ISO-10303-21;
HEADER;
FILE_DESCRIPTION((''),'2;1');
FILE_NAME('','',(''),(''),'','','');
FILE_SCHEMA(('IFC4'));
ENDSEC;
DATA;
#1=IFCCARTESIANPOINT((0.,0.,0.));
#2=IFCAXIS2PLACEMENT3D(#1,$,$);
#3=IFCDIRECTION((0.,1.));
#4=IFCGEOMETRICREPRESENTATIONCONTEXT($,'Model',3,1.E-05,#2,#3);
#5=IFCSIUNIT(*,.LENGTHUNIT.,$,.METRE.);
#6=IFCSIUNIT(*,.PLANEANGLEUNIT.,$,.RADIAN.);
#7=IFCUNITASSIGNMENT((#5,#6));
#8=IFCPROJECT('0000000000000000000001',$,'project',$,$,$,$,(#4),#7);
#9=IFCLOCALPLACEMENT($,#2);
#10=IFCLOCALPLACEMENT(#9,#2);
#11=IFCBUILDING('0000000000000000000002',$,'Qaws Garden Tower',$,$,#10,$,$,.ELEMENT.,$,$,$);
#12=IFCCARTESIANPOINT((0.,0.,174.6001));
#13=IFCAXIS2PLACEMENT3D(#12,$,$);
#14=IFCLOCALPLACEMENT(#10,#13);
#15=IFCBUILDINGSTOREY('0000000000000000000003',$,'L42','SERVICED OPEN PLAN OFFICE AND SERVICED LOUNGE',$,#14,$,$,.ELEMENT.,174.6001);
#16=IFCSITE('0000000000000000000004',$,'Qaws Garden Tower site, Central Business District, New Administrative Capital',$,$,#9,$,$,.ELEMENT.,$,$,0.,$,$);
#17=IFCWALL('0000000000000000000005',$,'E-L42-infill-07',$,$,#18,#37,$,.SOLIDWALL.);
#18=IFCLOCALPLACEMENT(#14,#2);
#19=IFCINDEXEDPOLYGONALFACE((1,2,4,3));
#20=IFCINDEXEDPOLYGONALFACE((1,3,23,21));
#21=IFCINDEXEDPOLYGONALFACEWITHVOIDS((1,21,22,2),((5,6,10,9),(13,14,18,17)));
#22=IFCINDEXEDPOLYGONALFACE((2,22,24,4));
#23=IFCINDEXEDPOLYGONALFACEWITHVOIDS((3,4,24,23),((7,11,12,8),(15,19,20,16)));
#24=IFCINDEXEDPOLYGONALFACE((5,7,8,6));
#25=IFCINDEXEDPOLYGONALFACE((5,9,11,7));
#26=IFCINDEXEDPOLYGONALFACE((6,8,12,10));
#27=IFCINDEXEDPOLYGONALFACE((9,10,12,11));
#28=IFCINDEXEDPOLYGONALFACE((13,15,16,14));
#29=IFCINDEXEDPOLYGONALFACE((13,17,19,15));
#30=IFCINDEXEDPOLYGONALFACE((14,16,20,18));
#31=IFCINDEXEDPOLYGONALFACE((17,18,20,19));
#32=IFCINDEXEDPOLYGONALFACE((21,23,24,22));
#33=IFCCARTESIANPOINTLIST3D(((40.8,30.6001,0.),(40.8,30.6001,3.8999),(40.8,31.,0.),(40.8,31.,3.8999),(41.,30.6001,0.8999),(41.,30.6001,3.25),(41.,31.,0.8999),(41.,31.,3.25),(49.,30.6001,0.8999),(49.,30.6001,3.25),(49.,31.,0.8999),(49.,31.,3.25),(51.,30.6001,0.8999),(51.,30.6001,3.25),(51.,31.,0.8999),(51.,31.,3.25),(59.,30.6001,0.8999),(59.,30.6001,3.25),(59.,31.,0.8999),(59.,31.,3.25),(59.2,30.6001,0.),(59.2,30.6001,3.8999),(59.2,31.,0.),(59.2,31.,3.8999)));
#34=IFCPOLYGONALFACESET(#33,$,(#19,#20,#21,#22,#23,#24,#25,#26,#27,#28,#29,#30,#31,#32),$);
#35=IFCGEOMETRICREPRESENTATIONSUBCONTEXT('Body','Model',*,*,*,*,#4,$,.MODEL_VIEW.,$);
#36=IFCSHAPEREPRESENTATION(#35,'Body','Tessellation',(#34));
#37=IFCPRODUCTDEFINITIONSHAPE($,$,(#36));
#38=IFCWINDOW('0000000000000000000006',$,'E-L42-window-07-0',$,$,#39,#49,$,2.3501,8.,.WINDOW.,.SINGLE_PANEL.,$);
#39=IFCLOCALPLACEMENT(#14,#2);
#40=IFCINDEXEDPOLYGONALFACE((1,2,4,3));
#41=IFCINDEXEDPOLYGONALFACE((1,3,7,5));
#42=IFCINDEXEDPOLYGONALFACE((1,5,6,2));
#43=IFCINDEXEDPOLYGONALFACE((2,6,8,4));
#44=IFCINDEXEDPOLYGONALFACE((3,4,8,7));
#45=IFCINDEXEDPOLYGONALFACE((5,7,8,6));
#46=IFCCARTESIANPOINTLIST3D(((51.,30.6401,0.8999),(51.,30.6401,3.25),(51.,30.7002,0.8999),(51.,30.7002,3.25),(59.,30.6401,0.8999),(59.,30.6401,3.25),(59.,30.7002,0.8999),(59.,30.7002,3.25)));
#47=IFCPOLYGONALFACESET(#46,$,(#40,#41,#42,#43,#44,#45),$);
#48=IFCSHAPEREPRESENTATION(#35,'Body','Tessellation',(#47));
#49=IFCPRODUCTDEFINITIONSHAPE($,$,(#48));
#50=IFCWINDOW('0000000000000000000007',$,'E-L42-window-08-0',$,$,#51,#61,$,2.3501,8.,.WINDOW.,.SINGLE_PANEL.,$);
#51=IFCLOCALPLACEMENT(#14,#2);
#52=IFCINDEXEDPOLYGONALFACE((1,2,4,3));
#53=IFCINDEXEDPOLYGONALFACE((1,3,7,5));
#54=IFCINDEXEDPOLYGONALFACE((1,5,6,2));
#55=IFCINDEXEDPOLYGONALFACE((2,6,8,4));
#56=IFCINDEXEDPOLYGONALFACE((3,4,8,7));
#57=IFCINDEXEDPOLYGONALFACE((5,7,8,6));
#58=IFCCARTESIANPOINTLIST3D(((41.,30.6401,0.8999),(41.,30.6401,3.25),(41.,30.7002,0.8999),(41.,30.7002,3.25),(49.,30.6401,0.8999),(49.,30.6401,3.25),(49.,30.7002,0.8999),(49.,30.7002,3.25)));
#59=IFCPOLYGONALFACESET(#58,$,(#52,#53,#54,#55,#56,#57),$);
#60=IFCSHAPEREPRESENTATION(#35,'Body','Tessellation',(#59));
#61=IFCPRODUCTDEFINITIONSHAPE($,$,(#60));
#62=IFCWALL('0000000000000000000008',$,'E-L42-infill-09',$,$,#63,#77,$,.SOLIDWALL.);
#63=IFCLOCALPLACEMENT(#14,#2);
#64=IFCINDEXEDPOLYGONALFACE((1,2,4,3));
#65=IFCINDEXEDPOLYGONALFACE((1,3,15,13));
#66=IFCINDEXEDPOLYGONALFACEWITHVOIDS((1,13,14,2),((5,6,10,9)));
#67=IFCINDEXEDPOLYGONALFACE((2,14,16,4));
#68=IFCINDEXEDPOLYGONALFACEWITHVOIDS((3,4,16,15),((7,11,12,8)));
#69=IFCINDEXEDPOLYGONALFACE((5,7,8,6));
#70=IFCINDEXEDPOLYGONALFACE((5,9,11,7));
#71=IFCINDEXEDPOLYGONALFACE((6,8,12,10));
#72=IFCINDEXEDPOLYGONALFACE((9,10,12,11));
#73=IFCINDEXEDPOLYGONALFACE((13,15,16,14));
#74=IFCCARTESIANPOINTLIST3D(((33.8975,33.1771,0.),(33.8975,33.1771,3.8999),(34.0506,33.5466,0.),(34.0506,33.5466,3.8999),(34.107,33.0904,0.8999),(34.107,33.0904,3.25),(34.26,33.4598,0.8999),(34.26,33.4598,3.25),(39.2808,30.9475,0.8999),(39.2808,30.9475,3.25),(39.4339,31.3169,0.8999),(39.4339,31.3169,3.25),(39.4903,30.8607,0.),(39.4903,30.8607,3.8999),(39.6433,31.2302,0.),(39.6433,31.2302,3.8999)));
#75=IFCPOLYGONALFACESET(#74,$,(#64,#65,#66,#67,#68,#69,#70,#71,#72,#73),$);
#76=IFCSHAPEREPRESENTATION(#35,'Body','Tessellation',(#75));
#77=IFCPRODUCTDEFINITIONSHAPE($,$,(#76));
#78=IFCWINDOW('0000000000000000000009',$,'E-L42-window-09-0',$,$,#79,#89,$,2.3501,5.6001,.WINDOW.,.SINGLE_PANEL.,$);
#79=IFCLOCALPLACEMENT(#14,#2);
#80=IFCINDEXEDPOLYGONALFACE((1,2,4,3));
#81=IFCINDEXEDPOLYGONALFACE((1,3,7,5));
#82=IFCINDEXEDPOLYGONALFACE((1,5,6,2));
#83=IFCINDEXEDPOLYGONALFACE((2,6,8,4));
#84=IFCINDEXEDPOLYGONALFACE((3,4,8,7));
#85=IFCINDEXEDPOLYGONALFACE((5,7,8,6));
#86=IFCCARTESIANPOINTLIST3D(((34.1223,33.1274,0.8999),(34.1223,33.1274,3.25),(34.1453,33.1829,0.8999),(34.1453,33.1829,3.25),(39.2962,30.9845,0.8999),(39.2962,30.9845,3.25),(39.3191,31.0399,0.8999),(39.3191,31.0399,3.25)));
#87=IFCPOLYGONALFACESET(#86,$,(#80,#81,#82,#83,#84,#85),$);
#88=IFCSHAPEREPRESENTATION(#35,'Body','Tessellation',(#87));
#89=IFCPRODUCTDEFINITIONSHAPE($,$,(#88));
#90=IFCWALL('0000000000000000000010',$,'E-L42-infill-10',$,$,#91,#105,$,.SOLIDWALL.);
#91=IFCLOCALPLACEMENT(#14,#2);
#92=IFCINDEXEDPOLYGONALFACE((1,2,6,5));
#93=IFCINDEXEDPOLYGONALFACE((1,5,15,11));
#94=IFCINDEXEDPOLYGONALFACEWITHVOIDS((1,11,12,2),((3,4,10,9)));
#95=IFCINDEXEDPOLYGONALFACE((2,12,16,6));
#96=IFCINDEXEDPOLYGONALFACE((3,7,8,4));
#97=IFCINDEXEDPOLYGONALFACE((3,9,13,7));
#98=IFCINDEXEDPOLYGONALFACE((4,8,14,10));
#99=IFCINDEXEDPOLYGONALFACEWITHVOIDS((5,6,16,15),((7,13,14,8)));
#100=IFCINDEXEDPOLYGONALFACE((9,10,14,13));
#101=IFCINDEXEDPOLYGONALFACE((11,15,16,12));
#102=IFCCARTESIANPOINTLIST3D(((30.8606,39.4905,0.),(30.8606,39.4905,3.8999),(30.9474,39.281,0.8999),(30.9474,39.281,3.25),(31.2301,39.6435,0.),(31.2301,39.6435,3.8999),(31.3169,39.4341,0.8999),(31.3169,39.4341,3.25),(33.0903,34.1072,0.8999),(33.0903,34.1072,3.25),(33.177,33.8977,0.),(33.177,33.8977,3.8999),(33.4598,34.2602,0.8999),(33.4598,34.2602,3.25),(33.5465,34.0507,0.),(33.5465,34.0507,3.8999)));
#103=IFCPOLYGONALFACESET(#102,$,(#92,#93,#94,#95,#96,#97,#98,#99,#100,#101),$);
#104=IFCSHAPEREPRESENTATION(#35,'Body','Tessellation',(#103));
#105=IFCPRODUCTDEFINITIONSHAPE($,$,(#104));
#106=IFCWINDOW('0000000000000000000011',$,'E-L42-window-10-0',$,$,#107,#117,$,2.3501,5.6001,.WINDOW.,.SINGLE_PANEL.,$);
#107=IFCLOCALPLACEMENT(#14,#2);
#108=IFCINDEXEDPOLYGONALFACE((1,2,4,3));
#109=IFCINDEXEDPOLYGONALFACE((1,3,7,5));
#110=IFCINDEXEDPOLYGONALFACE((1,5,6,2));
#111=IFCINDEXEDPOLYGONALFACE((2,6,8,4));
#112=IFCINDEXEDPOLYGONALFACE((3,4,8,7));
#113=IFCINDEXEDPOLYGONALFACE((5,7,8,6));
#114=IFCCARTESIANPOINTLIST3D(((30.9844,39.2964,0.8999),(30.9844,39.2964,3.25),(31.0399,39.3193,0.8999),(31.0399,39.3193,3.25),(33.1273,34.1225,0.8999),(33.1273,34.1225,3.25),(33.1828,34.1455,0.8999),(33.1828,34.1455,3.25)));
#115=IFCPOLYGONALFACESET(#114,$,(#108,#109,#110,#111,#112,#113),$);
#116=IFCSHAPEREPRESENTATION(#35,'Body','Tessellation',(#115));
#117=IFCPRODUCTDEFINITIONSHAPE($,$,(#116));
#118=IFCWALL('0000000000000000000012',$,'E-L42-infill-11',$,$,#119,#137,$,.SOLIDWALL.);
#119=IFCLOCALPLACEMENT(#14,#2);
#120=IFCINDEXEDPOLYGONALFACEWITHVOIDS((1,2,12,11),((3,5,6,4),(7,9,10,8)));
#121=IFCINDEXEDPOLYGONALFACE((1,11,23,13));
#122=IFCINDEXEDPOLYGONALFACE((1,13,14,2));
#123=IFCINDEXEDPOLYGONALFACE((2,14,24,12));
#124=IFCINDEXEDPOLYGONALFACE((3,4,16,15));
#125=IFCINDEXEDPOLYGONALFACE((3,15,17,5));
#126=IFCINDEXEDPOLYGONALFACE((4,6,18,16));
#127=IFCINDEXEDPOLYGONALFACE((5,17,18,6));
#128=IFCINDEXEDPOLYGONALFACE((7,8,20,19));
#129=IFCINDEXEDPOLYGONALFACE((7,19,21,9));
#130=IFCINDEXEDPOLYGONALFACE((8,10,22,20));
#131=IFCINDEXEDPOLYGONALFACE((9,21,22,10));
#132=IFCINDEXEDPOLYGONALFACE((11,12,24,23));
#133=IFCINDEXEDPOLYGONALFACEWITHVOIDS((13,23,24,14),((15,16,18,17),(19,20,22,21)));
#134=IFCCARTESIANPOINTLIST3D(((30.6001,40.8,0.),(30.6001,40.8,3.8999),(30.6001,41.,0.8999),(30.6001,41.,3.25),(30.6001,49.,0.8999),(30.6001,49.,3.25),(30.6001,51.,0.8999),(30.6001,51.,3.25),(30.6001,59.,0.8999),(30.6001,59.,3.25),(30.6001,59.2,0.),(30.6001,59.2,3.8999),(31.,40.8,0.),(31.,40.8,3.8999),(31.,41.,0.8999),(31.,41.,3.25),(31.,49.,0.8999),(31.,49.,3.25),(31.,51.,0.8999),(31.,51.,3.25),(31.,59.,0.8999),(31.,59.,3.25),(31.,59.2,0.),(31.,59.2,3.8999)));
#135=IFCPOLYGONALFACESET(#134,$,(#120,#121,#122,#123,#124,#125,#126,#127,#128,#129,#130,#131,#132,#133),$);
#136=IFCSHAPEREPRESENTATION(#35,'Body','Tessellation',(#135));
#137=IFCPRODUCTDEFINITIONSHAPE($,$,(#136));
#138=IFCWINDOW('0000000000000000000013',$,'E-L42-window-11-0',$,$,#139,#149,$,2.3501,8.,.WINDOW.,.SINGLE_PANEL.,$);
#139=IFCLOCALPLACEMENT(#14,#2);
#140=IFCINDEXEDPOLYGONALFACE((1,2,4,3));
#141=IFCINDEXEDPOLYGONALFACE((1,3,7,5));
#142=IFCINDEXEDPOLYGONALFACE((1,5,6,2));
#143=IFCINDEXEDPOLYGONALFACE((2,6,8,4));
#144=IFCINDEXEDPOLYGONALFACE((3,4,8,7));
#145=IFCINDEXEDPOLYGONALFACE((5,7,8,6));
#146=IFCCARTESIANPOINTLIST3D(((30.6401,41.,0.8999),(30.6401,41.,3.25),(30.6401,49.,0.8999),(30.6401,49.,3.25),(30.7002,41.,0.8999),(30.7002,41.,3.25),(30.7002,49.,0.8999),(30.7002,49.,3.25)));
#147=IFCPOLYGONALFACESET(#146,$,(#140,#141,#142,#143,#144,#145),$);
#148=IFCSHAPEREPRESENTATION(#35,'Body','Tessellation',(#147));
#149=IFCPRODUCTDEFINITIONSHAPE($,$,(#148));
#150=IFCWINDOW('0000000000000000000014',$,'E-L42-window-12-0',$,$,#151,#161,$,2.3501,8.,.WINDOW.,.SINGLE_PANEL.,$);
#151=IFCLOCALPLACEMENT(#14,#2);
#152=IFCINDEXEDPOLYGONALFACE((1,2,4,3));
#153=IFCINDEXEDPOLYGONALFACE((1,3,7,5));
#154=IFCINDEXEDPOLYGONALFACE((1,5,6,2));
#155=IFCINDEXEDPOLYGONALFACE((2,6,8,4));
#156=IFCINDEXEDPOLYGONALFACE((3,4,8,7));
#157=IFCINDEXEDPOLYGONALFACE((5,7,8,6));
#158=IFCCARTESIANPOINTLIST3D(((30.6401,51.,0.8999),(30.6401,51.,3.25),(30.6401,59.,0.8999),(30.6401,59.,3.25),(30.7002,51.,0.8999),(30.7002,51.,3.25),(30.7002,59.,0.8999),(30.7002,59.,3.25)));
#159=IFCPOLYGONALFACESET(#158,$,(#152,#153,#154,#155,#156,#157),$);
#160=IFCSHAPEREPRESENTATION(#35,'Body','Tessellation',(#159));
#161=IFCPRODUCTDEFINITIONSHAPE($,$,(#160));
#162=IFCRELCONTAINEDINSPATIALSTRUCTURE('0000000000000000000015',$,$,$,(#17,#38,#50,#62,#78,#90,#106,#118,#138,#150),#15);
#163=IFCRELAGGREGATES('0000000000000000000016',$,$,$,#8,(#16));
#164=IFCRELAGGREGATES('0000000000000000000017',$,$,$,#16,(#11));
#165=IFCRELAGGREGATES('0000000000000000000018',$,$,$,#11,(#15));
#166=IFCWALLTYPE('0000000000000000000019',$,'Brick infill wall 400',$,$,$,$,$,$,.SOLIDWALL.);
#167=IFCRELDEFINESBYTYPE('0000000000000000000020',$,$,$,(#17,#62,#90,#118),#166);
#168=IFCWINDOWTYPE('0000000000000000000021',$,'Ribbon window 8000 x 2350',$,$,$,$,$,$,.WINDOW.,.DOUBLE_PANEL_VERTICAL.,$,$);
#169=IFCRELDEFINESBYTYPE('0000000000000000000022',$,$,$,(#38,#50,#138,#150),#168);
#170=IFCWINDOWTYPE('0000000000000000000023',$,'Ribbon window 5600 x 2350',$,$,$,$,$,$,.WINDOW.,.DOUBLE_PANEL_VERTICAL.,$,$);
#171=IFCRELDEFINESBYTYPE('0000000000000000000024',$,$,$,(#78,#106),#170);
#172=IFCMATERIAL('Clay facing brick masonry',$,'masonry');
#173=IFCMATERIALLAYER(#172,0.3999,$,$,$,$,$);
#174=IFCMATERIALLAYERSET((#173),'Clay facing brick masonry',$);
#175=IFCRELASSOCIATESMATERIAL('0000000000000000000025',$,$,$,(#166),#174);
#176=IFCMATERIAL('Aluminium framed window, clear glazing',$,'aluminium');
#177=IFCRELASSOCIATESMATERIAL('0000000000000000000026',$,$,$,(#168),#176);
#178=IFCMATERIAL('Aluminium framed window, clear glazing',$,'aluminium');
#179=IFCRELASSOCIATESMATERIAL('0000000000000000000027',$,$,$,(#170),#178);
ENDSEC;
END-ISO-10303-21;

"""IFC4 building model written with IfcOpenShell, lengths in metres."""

from ifc_helpers import new_model, si_unit, direction, frame, frame_2d, origin, place, context, subcontext, project, spatial, rectangle, extrude, material, layer, layer_set, type_object, element, fill, save


model = new_model("IFC4")

# Units and contexts
model_context = context("Model", 3, precision=1e-05, world=origin(), true_north=direction((0.0, 1.0)))
body_context = subcontext(model_context, "Body", "Model", "MODEL_VIEW")
ifc_project = project(units=[si_unit("LENGTHUNIT", "METRE"), si_unit("PLANEANGLEUNIT", "RADIAN")], contexts=[model_context])

# Site, building, storey
site_placement = place(None, origin())
site = spatial("IfcSite", under=ifc_project, at=site_placement, Name="Qaws Garden Tower site, Central Business District, New Administrative Capital", CompositionType="ELEMENT", RefElevation=0.0)
building_placement = place(site_placement, origin())
building = spatial("IfcBuilding", under=site, at=building_placement, Name="Qaws Garden Tower", CompositionType="ELEMENT")
storey_placement = place(building_placement, frame((0.0, 0.0, 174.6001)))
storey = spatial("IfcBuildingStorey", under=building, at=storey_placement, Name="L42", Description="SERVICED OPEN PLAN OFFICE AND SERVICED LOUNGE", CompositionType="ELEMENT", Elevation=174.6001)

# Wall, openings, windows
ifc_material_1 = material(Name="Clay facing brick masonry", Category="masonry")
ifc_layer_1 = layer(ifc_material_1, 0.3999)
ifc_layer_set_1 = layer_set([ifc_layer_1], Name="Clay facing brick masonry")
wall_type_1 = type_object("IfcWallType", Name="Brick infill wall 400", PredefinedType="SOLIDWALL", material=ifc_layer_set_1)
wall_1_placement = place(storey_placement, frame((59.2, 30.8, 0.0), z_axis=(0.0, 0.0, 1.0), x_axis=(-1.0, 0.0, 0.0)))
wall_1 = element("IfcWall", 1, at=wall_1_placement, inside=storey, type_object=wall_type_1, Name="E-L42-infill-07", PredefinedType="SOLIDWALL", context=body_context, shape_type="SweptSolid", body=[
    extrude(rectangle(XDim=18.3999, YDim=0.3999, at=frame_2d((9.2, 0.0))), origin(), (0.0, 0.0, 1.0), 3.8999),
])
opening_1_placement = place(wall_1_placement, frame((0.2, 0.0, 0.8999)))
opening_1 = element("IfcOpeningElement", 2, at=opening_1_placement, cuts=wall_1, PredefinedType="OPENING", context=body_context, shape_type="SweptSolid", body=[
    extrude(rectangle(XDim=8.0, YDim=2.3501, at=frame_2d((4.0, 1.175))), frame((0.0, 0.21, 0.0), z_axis=(0.0, -1.0, 0.0), x_axis=(1.0, 0.0, 0.0)), (0.0, 0.0, 1.0), 0.4199),
])
opening_2_placement = place(wall_1_placement, frame((10.2, 0.0, 0.8999)))
opening_2 = element("IfcOpeningElement", 3, at=opening_2_placement, cuts=wall_1, PredefinedType="OPENING", context=body_context, shape_type="SweptSolid", body=[
    extrude(rectangle(XDim=8.0, YDim=2.3501, at=frame_2d((4.0, 1.175))), frame((0.0, 0.21, 0.0), z_axis=(0.0, -1.0, 0.0), x_axis=(1.0, 0.0, 0.0)), (0.0, 0.0, 1.0), 0.4199),
])
ifc_material_2 = material(Name="Aluminium framed window, clear glazing", Category="aluminium")
window_type_1 = type_object("IfcWindowType", Name="Ribbon window 8000 x 2350", PartitioningType="DOUBLE_PANEL_VERTICAL", PredefinedType="WINDOW", material=ifc_material_2)
window_1_placement = place(opening_1_placement, origin())
window_1 = element("IfcWindow", 4, at=window_1_placement, inside=storey, type_object=window_type_1, Name="E-L42-window-07-0", OverallHeight=2.3501, OverallWidth=8.0, PartitioningType="SINGLE_PANEL", PredefinedType="WINDOW", context=body_context, shape_type="SweptSolid", body=[
    extrude(rectangle(XDim=8.0, YDim=2.3501, at=frame_2d((4.0, 1.175))), frame((0.0, 0.1599, 0.0), z_axis=(0.0, -1.0, 0.0), x_axis=(1.0, 0.0, 0.0)), (0.0, 0.0, 1.0), 0.0601),
])
fill(opening_1, window_1)
window_2_placement = place(opening_2_placement, origin())
window_2 = element("IfcWindow", 5, at=window_2_placement, inside=storey, type_object=window_type_1, Name="E-L42-window-08-0", OverallHeight=2.3501, OverallWidth=8.0, PartitioningType="SINGLE_PANEL", PredefinedType="WINDOW", context=body_context, shape_type="SweptSolid", body=[
    extrude(rectangle(XDim=8.0, YDim=2.3501, at=frame_2d((4.0, 1.175))), frame((0.0, 0.1599, 0.0), z_axis=(0.0, -1.0, 0.0), x_axis=(1.0, 0.0, 0.0)), (0.0, 0.0, 1.0), 0.0601),
])
fill(opening_2, window_2)

# Walls, openings, windows
wall_2_placement = place(storey_placement, frame((39.5669, 31.0454, 0.0), z_axis=(0.0, 0.0, 1.0), x_axis=(-0.923891, 0.382656, 0.0)))
wall_2 = element("IfcWall", 6, at=wall_2_placement, inside=storey, type_object=wall_type_1, Name="E-L42-infill-09", PredefinedType="SOLIDWALL", context=body_context, shape_type="SweptSolid", body=[
    extrude(rectangle(XDim=6.0535, YDim=0.3999, at=frame_2d((3.0269, 0.0))), origin(), (0.0, 0.0, 1.0), 3.8999),
])
opening_3_placement = place(wall_2_placement, frame((0.2268, 0.0, 0.8999)))
opening_3 = element("IfcOpeningElement", 7, at=opening_3_placement, cuts=wall_2, PredefinedType="OPENING", context=body_context, shape_type="SweptSolid", body=[
    extrude(rectangle(XDim=5.6001, YDim=2.3501, at=frame_2d((2.8, 1.175))), frame((0.0, 0.21, 0.0), z_axis=(0.0, -1.0, 0.0), x_axis=(1.0, 0.0, 0.0)), (0.0, 0.0, 1.0), 0.4199),
])
ifc_material_3 = material(Name="Aluminium framed window, clear glazing", Category="aluminium")
window_type_2 = type_object("IfcWindowType", Name="Ribbon window 5600 x 2350", PartitioningType="DOUBLE_PANEL_VERTICAL", PredefinedType="WINDOW", material=ifc_material_3)
window_3_placement = place(opening_3_placement, origin())
window_3 = element("IfcWindow", 8, at=window_3_placement, inside=storey, type_object=window_type_2, Name="E-L42-window-09-0", OverallHeight=2.3501, OverallWidth=5.6001, PartitioningType="SINGLE_PANEL", PredefinedType="WINDOW", context=body_context, shape_type="SweptSolid", body=[
    extrude(rectangle(XDim=5.6001, YDim=2.3501, at=frame_2d((2.8, 1.175))), frame((0.0, 0.1599, 0.0), z_axis=(0.0, -1.0, 0.0), x_axis=(1.0, 0.0, 0.0)), (0.0, 0.0, 1.0), 0.0601),
])
fill(opening_3, window_3)
wall_3_placement = place(storey_placement, frame((33.3618, 33.9741, 0.0), z_axis=(0.0, 0.0, 1.0), x_axis=(-0.382656, 0.923891, 0.0)))
wall_3 = element("IfcWall", 9, at=wall_3_placement, inside=storey, type_object=wall_type_1, Name="E-L42-infill-10", PredefinedType="SOLIDWALL", context=body_context, shape_type="SweptSolid", body=[
    extrude(rectangle(XDim=6.0535, YDim=0.3999, at=frame_2d((3.0269, 0.0))), origin(), (0.0, 0.0, 1.0), 3.8999),
])
opening_4_placement = place(wall_3_placement, frame((0.2268, 0.0, 0.8999)))
opening_4 = element("IfcOpeningElement", 10, at=opening_4_placement, cuts=wall_3, PredefinedType="OPENING", context=body_context, shape_type="SweptSolid", body=[
    extrude(rectangle(XDim=5.6001, YDim=2.3501, at=frame_2d((2.8, 1.175))), frame((0.0, 0.21, 0.0), z_axis=(0.0, -1.0, 0.0), x_axis=(1.0, 0.0, 0.0)), (0.0, 0.0, 1.0), 0.4199),
])
window_4_placement = place(opening_4_placement, origin())
window_4 = element("IfcWindow", 11, at=window_4_placement, inside=storey, type_object=window_type_2, Name="E-L42-window-10-0", OverallHeight=2.3501, OverallWidth=5.6001, PartitioningType="SINGLE_PANEL", PredefinedType="WINDOW", context=body_context, shape_type="SweptSolid", body=[
    extrude(rectangle(XDim=5.6001, YDim=2.3501, at=frame_2d((2.8, 1.175))), frame((0.0, 0.1599, 0.0), z_axis=(0.0, -1.0, 0.0), x_axis=(1.0, 0.0, 0.0)), (0.0, 0.0, 1.0), 0.0601),
])
fill(opening_4, window_4)

# Wall, openings, windows
wall_4_placement = place(storey_placement, frame((30.8, 40.8, 0.0), z_axis=(0.0, 0.0, 1.0), x_axis=(0.0, 1.0, 0.0)))
wall_4 = element("IfcWall", 12, at=wall_4_placement, inside=storey, type_object=wall_type_1, Name="E-L42-infill-11", PredefinedType="SOLIDWALL", context=body_context, shape_type="SweptSolid", body=[
    extrude(rectangle(XDim=18.3999, YDim=0.3999, at=frame_2d((9.2, 0.0))), origin(), (0.0, 0.0, 1.0), 3.8999),
])
opening_5_placement = place(wall_4_placement, frame((0.2, 0.0, 0.8999)))
opening_5 = element("IfcOpeningElement", 13, at=opening_5_placement, cuts=wall_4, PredefinedType="OPENING", context=body_context, shape_type="SweptSolid", body=[
    extrude(rectangle(XDim=8.0, YDim=2.3501, at=frame_2d((4.0, 1.175))), frame((0.0, 0.21, 0.0), z_axis=(0.0, -1.0, 0.0), x_axis=(1.0, 0.0, 0.0)), (0.0, 0.0, 1.0), 0.4199),
])
opening_6_placement = place(wall_4_placement, frame((10.2, 0.0, 0.8999)))
opening_6 = element("IfcOpeningElement", 14, at=opening_6_placement, cuts=wall_4, PredefinedType="OPENING", context=body_context, shape_type="SweptSolid", body=[
    extrude(rectangle(XDim=8.0, YDim=2.3501, at=frame_2d((4.0, 1.175))), frame((0.0, 0.21, 0.0), z_axis=(0.0, -1.0, 0.0), x_axis=(1.0, 0.0, 0.0)), (0.0, 0.0, 1.0), 0.4199),
])
window_5_placement = place(opening_5_placement, origin())
window_5 = element("IfcWindow", 15, at=window_5_placement, inside=storey, type_object=window_type_1, Name="E-L42-window-11-0", OverallHeight=2.3501, OverallWidth=8.0, PartitioningType="SINGLE_PANEL", PredefinedType="WINDOW", context=body_context, shape_type="SweptSolid", body=[
    extrude(rectangle(XDim=8.0, YDim=2.3501, at=frame_2d((4.0, 1.175))), frame((0.0, 0.1599, 0.0), z_axis=(0.0, -1.0, 0.0), x_axis=(1.0, 0.0, 0.0)), (0.0, 0.0, 1.0), 0.0601),
])
fill(opening_5, window_5)
window_6_placement = place(opening_6_placement, origin())
window_6 = element("IfcWindow", 16, at=window_6_placement, inside=storey, type_object=window_type_1, Name="E-L42-window-12-0", OverallHeight=2.3501, OverallWidth=8.0, PartitioningType="SINGLE_PANEL", PredefinedType="WINDOW", context=body_context, shape_type="SweptSolid", body=[
    extrude(rectangle(XDim=8.0, YDim=2.3501, at=frame_2d((4.0, 1.175))), frame((0.0, 0.1599, 0.0), z_axis=(0.0, -1.0, 0.0), x_axis=(1.0, 0.0, 0.0)), (0.0, 0.0, 1.0), 0.0601),
])
fill(opening_6, window_6)

save(model, "model.ifc")
